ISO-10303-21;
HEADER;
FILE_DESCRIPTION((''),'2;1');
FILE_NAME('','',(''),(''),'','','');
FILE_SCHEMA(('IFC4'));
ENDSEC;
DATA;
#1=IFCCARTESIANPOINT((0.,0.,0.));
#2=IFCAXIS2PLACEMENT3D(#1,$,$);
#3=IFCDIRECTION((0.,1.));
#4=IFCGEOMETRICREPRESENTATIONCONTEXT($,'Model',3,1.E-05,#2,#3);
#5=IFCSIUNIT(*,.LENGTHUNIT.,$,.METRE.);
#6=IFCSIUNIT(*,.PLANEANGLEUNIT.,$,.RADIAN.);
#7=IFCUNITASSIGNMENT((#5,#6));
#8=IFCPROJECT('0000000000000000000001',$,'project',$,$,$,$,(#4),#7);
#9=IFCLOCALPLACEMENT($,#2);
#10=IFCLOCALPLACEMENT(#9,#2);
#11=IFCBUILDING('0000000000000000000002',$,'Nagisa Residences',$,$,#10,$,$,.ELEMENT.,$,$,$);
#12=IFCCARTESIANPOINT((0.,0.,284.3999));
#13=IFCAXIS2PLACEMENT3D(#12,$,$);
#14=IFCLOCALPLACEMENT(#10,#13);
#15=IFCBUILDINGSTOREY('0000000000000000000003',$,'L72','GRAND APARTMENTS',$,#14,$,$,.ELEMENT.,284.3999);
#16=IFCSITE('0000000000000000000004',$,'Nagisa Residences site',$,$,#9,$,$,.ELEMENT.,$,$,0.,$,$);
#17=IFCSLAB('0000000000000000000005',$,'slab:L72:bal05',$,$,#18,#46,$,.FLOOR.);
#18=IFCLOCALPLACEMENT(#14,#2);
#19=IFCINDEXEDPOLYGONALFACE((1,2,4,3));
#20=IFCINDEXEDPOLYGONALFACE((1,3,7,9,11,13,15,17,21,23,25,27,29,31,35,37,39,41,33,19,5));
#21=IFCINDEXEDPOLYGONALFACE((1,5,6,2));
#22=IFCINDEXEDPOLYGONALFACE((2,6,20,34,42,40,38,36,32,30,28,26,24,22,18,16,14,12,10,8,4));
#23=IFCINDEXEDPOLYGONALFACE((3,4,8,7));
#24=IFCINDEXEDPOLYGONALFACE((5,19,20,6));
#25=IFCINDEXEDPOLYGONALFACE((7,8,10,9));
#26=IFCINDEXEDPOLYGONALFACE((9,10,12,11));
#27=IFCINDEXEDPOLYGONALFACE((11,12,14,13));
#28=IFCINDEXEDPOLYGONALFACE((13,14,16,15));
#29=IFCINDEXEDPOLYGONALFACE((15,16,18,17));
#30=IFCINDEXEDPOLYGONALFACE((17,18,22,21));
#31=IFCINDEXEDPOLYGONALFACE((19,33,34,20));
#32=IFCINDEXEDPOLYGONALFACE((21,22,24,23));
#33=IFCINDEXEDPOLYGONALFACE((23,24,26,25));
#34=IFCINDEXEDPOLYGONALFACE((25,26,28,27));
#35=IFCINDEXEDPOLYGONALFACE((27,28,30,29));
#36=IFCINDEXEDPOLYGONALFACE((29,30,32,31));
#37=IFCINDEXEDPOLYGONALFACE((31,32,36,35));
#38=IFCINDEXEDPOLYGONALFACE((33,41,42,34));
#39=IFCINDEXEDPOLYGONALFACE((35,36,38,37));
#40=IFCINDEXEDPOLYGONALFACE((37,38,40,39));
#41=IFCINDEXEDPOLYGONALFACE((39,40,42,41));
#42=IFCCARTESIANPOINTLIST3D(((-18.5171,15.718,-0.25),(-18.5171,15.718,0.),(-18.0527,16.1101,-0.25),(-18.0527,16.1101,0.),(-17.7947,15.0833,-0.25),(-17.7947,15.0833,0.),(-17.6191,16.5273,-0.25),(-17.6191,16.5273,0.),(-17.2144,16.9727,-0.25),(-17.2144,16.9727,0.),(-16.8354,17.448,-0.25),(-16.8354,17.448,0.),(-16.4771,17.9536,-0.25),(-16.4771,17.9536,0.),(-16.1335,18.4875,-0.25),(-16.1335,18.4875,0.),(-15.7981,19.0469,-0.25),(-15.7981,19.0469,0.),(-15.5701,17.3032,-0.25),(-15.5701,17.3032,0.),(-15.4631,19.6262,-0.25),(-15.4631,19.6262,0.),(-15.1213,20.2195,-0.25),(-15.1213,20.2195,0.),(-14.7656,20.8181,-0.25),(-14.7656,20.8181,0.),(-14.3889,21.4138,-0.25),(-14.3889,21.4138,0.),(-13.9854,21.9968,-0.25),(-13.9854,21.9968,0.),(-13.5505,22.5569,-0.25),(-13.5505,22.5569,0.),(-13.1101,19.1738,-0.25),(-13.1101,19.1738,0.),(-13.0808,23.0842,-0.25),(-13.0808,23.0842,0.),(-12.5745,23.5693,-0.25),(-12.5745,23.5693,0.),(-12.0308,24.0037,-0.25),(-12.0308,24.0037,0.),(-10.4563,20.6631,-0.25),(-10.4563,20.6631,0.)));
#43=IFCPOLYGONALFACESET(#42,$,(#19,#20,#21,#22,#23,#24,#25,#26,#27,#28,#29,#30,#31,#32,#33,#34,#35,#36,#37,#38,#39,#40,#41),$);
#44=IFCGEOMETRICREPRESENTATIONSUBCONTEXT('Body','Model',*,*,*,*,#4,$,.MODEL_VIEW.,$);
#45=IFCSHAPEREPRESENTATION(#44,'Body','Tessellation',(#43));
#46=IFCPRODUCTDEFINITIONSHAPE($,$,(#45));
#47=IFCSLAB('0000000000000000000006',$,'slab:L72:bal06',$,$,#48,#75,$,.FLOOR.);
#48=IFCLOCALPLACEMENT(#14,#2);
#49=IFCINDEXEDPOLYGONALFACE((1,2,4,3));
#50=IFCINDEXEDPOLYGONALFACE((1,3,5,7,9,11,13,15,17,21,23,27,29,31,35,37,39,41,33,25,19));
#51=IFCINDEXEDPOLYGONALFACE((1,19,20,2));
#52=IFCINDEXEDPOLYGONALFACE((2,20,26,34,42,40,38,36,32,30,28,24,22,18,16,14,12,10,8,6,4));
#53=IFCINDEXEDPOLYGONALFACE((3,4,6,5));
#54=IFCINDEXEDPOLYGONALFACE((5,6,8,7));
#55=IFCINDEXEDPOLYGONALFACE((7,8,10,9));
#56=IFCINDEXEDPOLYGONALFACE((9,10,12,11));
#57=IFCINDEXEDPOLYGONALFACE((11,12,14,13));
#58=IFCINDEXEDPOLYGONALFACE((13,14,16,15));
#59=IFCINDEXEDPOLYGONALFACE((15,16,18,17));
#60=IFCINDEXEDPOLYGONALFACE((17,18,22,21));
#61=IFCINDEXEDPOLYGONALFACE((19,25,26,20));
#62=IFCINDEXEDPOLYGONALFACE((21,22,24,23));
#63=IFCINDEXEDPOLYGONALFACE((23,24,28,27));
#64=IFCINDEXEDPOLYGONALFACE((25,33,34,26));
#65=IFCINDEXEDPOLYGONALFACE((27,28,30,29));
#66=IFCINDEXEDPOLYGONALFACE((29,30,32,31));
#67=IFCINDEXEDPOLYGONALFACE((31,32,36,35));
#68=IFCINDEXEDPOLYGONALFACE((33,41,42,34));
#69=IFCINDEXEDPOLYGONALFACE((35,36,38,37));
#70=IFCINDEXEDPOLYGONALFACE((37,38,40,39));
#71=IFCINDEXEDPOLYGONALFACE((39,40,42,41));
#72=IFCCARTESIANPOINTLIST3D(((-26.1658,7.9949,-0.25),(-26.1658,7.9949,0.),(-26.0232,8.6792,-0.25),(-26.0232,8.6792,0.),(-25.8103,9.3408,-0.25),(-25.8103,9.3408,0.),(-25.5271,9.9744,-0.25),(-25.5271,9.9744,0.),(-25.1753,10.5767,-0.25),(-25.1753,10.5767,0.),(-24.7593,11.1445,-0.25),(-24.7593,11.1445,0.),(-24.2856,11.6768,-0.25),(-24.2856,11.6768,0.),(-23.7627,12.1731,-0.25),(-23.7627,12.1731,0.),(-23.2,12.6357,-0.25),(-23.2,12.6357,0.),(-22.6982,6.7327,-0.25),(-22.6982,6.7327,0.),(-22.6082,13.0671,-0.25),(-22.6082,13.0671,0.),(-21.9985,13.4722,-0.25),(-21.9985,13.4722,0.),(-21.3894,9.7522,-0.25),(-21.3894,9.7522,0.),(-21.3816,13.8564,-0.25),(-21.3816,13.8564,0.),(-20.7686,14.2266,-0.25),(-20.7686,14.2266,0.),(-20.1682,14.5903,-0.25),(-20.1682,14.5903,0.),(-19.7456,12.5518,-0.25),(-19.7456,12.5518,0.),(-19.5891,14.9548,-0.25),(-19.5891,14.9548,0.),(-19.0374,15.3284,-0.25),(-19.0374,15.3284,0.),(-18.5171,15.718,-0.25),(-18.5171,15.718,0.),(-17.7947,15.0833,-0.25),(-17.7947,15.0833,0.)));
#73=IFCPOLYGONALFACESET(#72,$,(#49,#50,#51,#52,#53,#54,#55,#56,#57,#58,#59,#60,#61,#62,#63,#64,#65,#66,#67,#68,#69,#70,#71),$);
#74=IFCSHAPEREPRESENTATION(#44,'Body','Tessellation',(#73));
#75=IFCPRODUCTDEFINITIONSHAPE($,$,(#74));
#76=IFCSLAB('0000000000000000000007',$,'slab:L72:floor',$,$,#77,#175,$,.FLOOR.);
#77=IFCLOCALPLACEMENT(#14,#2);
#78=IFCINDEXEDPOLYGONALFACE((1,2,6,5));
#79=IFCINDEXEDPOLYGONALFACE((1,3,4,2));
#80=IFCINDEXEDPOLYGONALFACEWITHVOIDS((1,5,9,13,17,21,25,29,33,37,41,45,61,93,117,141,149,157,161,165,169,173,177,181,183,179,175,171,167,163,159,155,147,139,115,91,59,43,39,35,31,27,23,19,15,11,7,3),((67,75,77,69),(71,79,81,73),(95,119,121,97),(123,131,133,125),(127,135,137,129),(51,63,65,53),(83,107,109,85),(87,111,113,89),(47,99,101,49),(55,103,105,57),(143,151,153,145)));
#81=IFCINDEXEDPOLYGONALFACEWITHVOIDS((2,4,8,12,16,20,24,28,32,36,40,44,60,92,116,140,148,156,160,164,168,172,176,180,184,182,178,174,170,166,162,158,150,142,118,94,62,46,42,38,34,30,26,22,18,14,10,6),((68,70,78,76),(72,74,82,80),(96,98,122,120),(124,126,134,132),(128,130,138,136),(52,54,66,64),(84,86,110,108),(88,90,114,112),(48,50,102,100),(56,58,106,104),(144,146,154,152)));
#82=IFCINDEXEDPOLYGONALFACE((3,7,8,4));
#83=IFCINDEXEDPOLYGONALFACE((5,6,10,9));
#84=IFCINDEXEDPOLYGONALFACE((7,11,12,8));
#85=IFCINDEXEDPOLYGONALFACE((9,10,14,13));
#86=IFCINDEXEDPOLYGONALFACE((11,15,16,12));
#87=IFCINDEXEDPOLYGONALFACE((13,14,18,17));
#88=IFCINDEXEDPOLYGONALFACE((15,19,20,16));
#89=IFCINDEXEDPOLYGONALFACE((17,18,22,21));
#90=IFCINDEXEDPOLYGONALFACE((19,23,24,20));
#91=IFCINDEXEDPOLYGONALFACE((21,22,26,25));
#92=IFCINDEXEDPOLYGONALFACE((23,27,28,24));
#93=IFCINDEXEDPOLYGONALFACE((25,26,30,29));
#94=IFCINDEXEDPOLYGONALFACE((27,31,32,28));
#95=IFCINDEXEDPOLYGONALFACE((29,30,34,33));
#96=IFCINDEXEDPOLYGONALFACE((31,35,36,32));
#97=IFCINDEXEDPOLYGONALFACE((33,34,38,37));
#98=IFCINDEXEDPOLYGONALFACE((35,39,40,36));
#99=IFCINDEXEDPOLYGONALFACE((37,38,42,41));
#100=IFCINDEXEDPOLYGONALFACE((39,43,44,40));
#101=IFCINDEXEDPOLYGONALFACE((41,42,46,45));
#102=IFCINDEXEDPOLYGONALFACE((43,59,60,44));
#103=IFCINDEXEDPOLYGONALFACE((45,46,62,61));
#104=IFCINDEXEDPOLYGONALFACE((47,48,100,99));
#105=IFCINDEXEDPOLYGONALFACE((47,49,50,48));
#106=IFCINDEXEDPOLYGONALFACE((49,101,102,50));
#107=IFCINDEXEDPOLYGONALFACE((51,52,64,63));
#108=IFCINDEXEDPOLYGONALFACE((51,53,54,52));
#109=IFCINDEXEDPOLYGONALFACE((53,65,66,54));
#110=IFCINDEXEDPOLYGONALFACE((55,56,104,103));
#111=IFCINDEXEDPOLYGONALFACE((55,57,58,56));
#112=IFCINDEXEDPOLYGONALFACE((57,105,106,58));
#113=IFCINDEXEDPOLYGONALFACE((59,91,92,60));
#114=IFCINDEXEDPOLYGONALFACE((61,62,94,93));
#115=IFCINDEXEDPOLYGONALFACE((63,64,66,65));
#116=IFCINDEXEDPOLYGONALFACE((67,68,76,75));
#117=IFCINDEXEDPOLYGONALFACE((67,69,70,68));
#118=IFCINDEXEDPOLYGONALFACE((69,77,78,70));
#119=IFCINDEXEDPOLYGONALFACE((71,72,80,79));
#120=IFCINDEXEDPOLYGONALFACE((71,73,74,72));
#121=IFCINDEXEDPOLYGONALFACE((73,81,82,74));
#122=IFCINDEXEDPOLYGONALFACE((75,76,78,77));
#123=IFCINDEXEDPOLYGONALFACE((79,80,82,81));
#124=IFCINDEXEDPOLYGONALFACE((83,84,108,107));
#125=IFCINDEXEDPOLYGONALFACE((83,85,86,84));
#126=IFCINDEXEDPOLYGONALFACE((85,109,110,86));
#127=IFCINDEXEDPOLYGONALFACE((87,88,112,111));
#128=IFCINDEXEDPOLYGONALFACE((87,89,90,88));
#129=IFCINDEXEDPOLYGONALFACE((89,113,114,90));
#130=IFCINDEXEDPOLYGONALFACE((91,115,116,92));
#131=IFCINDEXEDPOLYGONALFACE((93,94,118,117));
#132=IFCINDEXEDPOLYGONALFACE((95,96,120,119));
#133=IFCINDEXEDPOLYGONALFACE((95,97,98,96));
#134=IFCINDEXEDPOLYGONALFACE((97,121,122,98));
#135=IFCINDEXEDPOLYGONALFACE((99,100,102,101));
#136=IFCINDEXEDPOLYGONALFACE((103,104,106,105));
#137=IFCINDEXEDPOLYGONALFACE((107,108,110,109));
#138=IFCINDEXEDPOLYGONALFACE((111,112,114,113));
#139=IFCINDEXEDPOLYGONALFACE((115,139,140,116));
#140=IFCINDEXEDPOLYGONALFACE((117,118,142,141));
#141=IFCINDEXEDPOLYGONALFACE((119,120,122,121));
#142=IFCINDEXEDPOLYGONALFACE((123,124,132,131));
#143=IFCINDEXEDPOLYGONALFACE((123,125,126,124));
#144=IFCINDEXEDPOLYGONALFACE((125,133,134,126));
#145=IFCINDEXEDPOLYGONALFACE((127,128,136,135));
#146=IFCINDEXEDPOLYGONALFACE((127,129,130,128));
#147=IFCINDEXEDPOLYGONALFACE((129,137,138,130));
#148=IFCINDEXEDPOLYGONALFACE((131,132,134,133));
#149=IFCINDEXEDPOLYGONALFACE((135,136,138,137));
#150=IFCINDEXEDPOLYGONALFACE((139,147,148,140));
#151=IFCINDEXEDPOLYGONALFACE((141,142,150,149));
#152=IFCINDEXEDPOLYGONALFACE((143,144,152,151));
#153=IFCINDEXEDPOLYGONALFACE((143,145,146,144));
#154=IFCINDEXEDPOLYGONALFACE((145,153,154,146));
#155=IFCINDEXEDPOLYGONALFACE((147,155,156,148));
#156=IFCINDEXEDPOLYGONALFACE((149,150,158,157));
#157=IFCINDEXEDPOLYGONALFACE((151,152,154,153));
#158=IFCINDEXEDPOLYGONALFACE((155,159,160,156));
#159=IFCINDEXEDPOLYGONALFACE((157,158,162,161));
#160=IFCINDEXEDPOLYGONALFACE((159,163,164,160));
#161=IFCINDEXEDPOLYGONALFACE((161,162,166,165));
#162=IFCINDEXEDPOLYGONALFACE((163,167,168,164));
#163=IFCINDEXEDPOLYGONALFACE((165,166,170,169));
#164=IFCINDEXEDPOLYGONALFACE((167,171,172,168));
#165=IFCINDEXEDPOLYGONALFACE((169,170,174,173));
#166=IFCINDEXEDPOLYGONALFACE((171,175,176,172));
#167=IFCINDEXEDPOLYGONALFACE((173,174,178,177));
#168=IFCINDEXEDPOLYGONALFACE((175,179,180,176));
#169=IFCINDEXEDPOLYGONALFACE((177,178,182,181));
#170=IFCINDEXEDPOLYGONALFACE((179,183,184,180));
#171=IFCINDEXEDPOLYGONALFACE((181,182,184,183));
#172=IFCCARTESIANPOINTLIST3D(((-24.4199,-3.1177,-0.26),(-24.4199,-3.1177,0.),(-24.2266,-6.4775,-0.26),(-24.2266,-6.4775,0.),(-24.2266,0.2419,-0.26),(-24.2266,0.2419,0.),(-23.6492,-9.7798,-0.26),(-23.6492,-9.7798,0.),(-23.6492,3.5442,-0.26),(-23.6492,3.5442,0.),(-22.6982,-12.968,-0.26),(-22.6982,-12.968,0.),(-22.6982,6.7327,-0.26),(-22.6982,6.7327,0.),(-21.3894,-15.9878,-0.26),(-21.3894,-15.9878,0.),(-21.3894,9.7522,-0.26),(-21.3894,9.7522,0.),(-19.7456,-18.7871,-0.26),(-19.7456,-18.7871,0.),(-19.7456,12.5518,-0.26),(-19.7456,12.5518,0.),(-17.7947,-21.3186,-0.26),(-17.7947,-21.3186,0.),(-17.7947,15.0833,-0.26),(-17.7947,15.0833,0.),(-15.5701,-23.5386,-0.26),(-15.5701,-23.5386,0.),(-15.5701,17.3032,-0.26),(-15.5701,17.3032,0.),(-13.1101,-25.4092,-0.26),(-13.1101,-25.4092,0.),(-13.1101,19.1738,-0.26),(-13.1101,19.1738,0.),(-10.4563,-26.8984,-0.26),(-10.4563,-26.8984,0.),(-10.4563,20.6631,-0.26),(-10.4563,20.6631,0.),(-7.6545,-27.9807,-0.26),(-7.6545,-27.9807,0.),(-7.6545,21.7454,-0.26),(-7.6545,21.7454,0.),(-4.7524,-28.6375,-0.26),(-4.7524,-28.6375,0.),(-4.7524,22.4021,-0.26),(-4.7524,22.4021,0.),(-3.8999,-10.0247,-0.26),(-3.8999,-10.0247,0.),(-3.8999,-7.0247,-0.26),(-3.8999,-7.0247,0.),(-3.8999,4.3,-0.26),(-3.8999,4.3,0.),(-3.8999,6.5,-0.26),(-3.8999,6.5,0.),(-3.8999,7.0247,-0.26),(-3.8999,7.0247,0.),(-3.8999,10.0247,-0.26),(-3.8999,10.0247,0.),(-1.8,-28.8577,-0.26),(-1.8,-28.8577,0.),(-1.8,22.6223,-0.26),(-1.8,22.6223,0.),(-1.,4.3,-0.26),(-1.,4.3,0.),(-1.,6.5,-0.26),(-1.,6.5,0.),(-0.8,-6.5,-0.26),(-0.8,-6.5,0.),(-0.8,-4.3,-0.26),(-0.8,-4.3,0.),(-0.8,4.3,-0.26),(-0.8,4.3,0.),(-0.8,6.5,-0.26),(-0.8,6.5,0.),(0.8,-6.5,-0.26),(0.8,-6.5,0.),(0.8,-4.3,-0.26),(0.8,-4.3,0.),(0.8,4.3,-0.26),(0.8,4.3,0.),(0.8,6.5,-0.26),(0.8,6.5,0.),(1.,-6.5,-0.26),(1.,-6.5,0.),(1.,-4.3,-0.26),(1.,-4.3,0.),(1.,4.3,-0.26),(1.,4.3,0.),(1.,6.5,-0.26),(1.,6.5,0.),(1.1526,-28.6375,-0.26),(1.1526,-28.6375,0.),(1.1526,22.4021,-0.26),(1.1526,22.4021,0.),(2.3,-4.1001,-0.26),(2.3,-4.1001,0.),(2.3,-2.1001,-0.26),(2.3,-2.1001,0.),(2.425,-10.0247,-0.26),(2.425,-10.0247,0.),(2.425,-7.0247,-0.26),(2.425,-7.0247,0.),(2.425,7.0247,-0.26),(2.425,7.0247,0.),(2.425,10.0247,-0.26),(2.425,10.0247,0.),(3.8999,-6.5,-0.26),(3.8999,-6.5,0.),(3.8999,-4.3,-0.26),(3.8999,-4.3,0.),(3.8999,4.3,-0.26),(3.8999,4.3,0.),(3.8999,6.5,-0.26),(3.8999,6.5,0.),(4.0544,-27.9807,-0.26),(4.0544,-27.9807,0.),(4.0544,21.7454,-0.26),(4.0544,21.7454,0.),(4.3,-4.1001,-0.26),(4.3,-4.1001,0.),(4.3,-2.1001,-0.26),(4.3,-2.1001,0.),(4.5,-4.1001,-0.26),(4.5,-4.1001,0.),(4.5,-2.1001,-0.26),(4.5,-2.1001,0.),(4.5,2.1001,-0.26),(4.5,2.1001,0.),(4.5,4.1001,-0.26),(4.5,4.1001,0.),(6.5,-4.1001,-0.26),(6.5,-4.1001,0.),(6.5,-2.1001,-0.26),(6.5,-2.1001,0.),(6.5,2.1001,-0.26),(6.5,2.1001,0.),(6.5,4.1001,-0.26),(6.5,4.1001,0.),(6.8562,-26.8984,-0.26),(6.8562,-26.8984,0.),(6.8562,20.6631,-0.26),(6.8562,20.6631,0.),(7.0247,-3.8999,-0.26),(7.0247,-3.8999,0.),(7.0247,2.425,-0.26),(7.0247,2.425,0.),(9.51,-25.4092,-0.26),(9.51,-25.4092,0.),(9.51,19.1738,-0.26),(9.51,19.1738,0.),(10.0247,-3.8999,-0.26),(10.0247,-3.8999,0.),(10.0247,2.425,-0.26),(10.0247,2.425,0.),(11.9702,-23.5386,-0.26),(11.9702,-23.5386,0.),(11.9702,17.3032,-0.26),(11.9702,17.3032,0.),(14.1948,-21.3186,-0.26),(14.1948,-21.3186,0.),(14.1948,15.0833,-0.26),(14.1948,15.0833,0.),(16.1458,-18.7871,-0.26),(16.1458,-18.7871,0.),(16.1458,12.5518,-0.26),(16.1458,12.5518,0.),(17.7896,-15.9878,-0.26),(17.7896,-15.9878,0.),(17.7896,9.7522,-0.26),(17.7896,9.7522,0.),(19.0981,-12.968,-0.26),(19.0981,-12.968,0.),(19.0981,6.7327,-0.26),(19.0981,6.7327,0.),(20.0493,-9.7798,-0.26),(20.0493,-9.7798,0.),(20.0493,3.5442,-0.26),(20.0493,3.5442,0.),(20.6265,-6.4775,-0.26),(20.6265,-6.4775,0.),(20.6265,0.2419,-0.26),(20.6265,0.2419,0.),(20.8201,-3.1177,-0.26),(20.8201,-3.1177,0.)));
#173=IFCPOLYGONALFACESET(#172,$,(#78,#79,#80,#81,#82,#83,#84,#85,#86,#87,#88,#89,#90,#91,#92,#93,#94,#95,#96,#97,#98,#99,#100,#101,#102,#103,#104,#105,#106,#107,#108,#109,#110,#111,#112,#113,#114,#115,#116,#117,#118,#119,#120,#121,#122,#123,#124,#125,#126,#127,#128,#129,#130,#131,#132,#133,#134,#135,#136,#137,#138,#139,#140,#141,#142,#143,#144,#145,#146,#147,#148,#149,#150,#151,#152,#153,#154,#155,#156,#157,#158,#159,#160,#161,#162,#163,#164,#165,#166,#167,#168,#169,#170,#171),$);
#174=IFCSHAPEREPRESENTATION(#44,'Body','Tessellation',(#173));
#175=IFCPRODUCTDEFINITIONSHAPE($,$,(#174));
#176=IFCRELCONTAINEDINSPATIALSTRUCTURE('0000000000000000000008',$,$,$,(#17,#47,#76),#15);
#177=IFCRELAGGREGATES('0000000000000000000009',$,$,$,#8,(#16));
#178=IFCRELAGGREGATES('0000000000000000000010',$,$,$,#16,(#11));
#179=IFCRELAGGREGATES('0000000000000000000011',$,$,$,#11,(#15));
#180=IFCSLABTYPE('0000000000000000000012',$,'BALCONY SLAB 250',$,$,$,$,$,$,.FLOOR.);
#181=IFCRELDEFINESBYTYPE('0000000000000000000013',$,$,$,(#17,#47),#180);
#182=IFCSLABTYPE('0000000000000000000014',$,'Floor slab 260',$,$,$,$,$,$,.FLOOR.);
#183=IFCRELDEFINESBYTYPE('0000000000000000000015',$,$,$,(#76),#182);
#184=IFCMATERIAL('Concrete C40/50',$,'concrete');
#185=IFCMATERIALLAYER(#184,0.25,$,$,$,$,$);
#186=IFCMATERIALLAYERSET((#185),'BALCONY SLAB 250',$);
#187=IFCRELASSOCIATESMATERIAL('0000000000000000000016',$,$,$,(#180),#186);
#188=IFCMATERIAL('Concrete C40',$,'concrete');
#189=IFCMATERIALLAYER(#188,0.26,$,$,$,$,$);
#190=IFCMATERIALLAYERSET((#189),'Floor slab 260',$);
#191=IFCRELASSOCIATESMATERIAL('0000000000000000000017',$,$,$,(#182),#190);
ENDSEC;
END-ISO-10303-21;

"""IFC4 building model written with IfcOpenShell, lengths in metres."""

from ifc_helpers import new_model, si_unit, direction, frame, origin, place, context, subcontext, project, spatial, polyline, outline, extrude, material, layer, layer_set, type_object, element, save


model = new_model("IFC4")

# Units and contexts
model_context = context("Model", 3, precision=1e-05, world=origin(), true_north=direction((0.0, 1.0)))
body_context = subcontext(model_context, "Body", "Model", "MODEL_VIEW")
ifc_project = project(units=[si_unit("LENGTHUNIT", "METRE"), si_unit("PLANEANGLEUNIT", "RADIAN")], contexts=[model_context])

# Site, building, storey
site_placement = place(None, origin())
site = spatial("IfcSite", under=ifc_project, at=site_placement, Name="Nagisa Residences site", CompositionType="ELEMENT", RefElevation=0.0)
building_placement = place(site_placement, origin())
building = spatial("IfcBuilding", under=site, at=building_placement, Name="Nagisa Residences", CompositionType="ELEMENT")
storey_placement = place(building_placement, frame((0.0, 0.0, 284.3999)))
storey = spatial("IfcBuildingStorey", under=building, at=storey_placement, Name="L72", Description="GRAND APARTMENTS", CompositionType="ELEMENT", Elevation=284.3999)

# Slabs
ifc_material_1 = material(Name="Concrete C40/50", Category="concrete")
ifc_layer_1 = layer(ifc_material_1, 0.25)
ifc_layer_set_1 = layer_set([ifc_layer_1], Name="BALCONY SLAB 250")
slab_type_1 = type_object("IfcSlabType", Name="BALCONY SLAB 250", PredefinedType="FLOOR", material=ifc_layer_set_1)
slab_1_placement = place(storey_placement, frame((0.0, 0.0, -0.25)))
element("IfcSlab", 1, at=slab_1_placement, inside=storey, type_object=slab_type_1, Name="slab:L72:bal05", PredefinedType="FLOOR", context=body_context, shape_type="SweptSolid", body=[
    extrude(outline(polyline([(-12.0308, 24.0037), (-12.5745, 23.5693), (-13.0808, 23.0842), (-13.5505, 22.5569), (-13.9854, 21.9968), (-14.3889, 21.4138), (-14.7656, 20.8181), (-15.1213, 20.2195), (-15.4631, 19.6262), (-15.7981, 19.0469), (-16.1335, 18.4875), (-16.4771, 17.9536), (-16.8354, 17.448), (-17.2144, 16.9727), (-17.6191, 16.5273), (-18.0527, 16.1101), (-18.5171, 15.718), (-17.7947, 15.0833), (-15.5701, 17.3032), (-13.1101, 19.1738), (-10.4563, 20.6631), (-12.0308, 24.0037)])), origin(), (0.0, 0.0, 1.0), 0.25),
])
slab_2_placement = place(storey_placement, frame((0.0, 0.0, -0.25)))
element("IfcSlab", 2, at=slab_2_placement, inside=storey, type_object=slab_type_1, Name="slab:L72:bal06", PredefinedType="FLOOR", context=body_context, shape_type="SweptSolid", body=[
    extrude(outline(polyline([(-18.5171, 15.718), (-19.0374, 15.3284), (-19.5891, 14.9548), (-20.1682, 14.5903), (-20.7686, 14.2266), (-21.3816, 13.8564), (-21.9985, 13.4722), (-22.6082, 13.0671), (-23.2, 12.6357), (-23.7627, 12.1731), (-24.2856, 11.6768), (-24.7593, 11.1445), (-25.1753, 10.5767), (-25.5271, 9.9744), (-25.8103, 9.3408), (-26.0232, 8.6792), (-26.1658, 7.9949), (-22.6982, 6.7327), (-21.3894, 9.7522), (-19.7456, 12.5518), (-17.7947, 15.0833), (-18.5171, 15.718)])), origin(), (0.0, 0.0, 1.0), 0.25),
])
ifc_material_2 = material(Name="Concrete C40", Category="concrete")
ifc_layer_2 = layer(ifc_material_2, 0.26)
ifc_layer_set_2 = layer_set([ifc_layer_2], Name="Floor slab 260")
slab_type_2 = type_object("IfcSlabType", Name="Floor slab 260", PredefinedType="FLOOR", material=ifc_layer_set_2)
slab_3_placement = place(storey_placement, frame((0.0, 0.0, -0.26)))
element("IfcSlab", 3, at=slab_3_placement, inside=storey, type_object=slab_type_2, Name="slab:L72:floor", PredefinedType="FLOOR", context=body_context, shape_type="SweptSolid", body=[
    extrude(outline(polyline([(20.8201, -3.1177), (20.6265, 0.2419), (20.0493, 3.5442), (19.0981, 6.7327), (17.7896, 9.7522), (16.1458, 12.5518), (14.1948, 15.0833), (11.9702, 17.3032), (9.51, 19.1738), (6.8562, 20.6631), (4.0544, 21.7454), (1.1526, 22.4021), (-1.8, 22.6223), (-4.7524, 22.4021), (-7.6545, 21.7454), (-10.4563, 20.6631), (-13.1101, 19.1738), (-15.5701, 17.3032), (-17.7947, 15.0833), (-19.7456, 12.5518), (-21.3894, 9.7522), (-22.6982, 6.7327), (-23.6492, 3.5442), (-24.2266, 0.2419), (-24.4199, -3.1177), (-24.2266, -6.4775), (-23.6492, -9.7798), (-22.6982, -12.968), (-21.3894, -15.9878), (-19.7456, -18.7871), (-17.7947, -21.3186), (-15.5701, -23.5386), (-13.1101, -25.4092), (-10.4563, -26.8984), (-7.6545, -27.9807), (-4.7524, -28.6375), (-1.8, -28.8577), (1.1526, -28.6375), (4.0544, -27.9807), (6.8562, -26.8984), (9.51, -25.4092), (11.9702, -23.5386), (14.1948, -21.3186), (16.1458, -18.7871), (17.7896, -15.9878), (19.0981, -12.968), (20.0493, -9.7798), (20.6265, -6.4775), (20.8201, -3.1177)]), holes=[polyline([(6.5, 2.1001), (6.5, 4.1001), (4.5, 4.1001), (4.5, 2.1001), (6.5, 2.1001)]), polyline([(4.3, -4.1001), (4.3, -2.1001), (2.3, -2.1001), (2.3, -4.1001), (4.3, -4.1001)]), polyline([(6.5, -4.1001), (6.5, -2.1001), (4.5, -2.1001), (4.5, -4.1001), (6.5, -4.1001)]), polyline([(3.8999, 4.3), (3.8999, 6.5), (1.0, 6.5), (1.0, 4.3), (3.8999, 4.3)]), polyline([(3.8999, -6.5), (3.8999, -4.3), (1.0, -4.3), (1.0, -6.5), (3.8999, -6.5)]), polyline([(-1.0, 4.3), (-1.0, 6.5), (-3.8999, 6.5), (-3.8999, 4.3), (-1.0, 4.3)]), polyline([(0.8, 4.3), (0.8, 6.5), (-0.8, 6.5), (-0.8, 4.3), (0.8, 4.3)]), polyline([(0.8, -6.5), (0.8, -4.3), (-0.8, -4.3), (-0.8, -6.5), (0.8, -6.5)]), polyline([(10.0247, -3.8999), (7.0247, -3.8999), (7.0247, 2.425), (10.0247, 2.425), (10.0247, -3.8999)]), polyline([(-3.8999, 7.0247), (-3.8999, 10.0247), (2.425, 10.0247), (2.425, 7.0247), (-3.8999, 7.0247)]), polyline([(-3.8999, -10.0247), (-3.8999, -7.0247), (2.425, -7.0247), (2.425, -10.0247), (-3.8999, -10.0247)])]), origin(), (0.0, 0.0, 1.0), 0.26),
])

save(model, "model.ifc")
